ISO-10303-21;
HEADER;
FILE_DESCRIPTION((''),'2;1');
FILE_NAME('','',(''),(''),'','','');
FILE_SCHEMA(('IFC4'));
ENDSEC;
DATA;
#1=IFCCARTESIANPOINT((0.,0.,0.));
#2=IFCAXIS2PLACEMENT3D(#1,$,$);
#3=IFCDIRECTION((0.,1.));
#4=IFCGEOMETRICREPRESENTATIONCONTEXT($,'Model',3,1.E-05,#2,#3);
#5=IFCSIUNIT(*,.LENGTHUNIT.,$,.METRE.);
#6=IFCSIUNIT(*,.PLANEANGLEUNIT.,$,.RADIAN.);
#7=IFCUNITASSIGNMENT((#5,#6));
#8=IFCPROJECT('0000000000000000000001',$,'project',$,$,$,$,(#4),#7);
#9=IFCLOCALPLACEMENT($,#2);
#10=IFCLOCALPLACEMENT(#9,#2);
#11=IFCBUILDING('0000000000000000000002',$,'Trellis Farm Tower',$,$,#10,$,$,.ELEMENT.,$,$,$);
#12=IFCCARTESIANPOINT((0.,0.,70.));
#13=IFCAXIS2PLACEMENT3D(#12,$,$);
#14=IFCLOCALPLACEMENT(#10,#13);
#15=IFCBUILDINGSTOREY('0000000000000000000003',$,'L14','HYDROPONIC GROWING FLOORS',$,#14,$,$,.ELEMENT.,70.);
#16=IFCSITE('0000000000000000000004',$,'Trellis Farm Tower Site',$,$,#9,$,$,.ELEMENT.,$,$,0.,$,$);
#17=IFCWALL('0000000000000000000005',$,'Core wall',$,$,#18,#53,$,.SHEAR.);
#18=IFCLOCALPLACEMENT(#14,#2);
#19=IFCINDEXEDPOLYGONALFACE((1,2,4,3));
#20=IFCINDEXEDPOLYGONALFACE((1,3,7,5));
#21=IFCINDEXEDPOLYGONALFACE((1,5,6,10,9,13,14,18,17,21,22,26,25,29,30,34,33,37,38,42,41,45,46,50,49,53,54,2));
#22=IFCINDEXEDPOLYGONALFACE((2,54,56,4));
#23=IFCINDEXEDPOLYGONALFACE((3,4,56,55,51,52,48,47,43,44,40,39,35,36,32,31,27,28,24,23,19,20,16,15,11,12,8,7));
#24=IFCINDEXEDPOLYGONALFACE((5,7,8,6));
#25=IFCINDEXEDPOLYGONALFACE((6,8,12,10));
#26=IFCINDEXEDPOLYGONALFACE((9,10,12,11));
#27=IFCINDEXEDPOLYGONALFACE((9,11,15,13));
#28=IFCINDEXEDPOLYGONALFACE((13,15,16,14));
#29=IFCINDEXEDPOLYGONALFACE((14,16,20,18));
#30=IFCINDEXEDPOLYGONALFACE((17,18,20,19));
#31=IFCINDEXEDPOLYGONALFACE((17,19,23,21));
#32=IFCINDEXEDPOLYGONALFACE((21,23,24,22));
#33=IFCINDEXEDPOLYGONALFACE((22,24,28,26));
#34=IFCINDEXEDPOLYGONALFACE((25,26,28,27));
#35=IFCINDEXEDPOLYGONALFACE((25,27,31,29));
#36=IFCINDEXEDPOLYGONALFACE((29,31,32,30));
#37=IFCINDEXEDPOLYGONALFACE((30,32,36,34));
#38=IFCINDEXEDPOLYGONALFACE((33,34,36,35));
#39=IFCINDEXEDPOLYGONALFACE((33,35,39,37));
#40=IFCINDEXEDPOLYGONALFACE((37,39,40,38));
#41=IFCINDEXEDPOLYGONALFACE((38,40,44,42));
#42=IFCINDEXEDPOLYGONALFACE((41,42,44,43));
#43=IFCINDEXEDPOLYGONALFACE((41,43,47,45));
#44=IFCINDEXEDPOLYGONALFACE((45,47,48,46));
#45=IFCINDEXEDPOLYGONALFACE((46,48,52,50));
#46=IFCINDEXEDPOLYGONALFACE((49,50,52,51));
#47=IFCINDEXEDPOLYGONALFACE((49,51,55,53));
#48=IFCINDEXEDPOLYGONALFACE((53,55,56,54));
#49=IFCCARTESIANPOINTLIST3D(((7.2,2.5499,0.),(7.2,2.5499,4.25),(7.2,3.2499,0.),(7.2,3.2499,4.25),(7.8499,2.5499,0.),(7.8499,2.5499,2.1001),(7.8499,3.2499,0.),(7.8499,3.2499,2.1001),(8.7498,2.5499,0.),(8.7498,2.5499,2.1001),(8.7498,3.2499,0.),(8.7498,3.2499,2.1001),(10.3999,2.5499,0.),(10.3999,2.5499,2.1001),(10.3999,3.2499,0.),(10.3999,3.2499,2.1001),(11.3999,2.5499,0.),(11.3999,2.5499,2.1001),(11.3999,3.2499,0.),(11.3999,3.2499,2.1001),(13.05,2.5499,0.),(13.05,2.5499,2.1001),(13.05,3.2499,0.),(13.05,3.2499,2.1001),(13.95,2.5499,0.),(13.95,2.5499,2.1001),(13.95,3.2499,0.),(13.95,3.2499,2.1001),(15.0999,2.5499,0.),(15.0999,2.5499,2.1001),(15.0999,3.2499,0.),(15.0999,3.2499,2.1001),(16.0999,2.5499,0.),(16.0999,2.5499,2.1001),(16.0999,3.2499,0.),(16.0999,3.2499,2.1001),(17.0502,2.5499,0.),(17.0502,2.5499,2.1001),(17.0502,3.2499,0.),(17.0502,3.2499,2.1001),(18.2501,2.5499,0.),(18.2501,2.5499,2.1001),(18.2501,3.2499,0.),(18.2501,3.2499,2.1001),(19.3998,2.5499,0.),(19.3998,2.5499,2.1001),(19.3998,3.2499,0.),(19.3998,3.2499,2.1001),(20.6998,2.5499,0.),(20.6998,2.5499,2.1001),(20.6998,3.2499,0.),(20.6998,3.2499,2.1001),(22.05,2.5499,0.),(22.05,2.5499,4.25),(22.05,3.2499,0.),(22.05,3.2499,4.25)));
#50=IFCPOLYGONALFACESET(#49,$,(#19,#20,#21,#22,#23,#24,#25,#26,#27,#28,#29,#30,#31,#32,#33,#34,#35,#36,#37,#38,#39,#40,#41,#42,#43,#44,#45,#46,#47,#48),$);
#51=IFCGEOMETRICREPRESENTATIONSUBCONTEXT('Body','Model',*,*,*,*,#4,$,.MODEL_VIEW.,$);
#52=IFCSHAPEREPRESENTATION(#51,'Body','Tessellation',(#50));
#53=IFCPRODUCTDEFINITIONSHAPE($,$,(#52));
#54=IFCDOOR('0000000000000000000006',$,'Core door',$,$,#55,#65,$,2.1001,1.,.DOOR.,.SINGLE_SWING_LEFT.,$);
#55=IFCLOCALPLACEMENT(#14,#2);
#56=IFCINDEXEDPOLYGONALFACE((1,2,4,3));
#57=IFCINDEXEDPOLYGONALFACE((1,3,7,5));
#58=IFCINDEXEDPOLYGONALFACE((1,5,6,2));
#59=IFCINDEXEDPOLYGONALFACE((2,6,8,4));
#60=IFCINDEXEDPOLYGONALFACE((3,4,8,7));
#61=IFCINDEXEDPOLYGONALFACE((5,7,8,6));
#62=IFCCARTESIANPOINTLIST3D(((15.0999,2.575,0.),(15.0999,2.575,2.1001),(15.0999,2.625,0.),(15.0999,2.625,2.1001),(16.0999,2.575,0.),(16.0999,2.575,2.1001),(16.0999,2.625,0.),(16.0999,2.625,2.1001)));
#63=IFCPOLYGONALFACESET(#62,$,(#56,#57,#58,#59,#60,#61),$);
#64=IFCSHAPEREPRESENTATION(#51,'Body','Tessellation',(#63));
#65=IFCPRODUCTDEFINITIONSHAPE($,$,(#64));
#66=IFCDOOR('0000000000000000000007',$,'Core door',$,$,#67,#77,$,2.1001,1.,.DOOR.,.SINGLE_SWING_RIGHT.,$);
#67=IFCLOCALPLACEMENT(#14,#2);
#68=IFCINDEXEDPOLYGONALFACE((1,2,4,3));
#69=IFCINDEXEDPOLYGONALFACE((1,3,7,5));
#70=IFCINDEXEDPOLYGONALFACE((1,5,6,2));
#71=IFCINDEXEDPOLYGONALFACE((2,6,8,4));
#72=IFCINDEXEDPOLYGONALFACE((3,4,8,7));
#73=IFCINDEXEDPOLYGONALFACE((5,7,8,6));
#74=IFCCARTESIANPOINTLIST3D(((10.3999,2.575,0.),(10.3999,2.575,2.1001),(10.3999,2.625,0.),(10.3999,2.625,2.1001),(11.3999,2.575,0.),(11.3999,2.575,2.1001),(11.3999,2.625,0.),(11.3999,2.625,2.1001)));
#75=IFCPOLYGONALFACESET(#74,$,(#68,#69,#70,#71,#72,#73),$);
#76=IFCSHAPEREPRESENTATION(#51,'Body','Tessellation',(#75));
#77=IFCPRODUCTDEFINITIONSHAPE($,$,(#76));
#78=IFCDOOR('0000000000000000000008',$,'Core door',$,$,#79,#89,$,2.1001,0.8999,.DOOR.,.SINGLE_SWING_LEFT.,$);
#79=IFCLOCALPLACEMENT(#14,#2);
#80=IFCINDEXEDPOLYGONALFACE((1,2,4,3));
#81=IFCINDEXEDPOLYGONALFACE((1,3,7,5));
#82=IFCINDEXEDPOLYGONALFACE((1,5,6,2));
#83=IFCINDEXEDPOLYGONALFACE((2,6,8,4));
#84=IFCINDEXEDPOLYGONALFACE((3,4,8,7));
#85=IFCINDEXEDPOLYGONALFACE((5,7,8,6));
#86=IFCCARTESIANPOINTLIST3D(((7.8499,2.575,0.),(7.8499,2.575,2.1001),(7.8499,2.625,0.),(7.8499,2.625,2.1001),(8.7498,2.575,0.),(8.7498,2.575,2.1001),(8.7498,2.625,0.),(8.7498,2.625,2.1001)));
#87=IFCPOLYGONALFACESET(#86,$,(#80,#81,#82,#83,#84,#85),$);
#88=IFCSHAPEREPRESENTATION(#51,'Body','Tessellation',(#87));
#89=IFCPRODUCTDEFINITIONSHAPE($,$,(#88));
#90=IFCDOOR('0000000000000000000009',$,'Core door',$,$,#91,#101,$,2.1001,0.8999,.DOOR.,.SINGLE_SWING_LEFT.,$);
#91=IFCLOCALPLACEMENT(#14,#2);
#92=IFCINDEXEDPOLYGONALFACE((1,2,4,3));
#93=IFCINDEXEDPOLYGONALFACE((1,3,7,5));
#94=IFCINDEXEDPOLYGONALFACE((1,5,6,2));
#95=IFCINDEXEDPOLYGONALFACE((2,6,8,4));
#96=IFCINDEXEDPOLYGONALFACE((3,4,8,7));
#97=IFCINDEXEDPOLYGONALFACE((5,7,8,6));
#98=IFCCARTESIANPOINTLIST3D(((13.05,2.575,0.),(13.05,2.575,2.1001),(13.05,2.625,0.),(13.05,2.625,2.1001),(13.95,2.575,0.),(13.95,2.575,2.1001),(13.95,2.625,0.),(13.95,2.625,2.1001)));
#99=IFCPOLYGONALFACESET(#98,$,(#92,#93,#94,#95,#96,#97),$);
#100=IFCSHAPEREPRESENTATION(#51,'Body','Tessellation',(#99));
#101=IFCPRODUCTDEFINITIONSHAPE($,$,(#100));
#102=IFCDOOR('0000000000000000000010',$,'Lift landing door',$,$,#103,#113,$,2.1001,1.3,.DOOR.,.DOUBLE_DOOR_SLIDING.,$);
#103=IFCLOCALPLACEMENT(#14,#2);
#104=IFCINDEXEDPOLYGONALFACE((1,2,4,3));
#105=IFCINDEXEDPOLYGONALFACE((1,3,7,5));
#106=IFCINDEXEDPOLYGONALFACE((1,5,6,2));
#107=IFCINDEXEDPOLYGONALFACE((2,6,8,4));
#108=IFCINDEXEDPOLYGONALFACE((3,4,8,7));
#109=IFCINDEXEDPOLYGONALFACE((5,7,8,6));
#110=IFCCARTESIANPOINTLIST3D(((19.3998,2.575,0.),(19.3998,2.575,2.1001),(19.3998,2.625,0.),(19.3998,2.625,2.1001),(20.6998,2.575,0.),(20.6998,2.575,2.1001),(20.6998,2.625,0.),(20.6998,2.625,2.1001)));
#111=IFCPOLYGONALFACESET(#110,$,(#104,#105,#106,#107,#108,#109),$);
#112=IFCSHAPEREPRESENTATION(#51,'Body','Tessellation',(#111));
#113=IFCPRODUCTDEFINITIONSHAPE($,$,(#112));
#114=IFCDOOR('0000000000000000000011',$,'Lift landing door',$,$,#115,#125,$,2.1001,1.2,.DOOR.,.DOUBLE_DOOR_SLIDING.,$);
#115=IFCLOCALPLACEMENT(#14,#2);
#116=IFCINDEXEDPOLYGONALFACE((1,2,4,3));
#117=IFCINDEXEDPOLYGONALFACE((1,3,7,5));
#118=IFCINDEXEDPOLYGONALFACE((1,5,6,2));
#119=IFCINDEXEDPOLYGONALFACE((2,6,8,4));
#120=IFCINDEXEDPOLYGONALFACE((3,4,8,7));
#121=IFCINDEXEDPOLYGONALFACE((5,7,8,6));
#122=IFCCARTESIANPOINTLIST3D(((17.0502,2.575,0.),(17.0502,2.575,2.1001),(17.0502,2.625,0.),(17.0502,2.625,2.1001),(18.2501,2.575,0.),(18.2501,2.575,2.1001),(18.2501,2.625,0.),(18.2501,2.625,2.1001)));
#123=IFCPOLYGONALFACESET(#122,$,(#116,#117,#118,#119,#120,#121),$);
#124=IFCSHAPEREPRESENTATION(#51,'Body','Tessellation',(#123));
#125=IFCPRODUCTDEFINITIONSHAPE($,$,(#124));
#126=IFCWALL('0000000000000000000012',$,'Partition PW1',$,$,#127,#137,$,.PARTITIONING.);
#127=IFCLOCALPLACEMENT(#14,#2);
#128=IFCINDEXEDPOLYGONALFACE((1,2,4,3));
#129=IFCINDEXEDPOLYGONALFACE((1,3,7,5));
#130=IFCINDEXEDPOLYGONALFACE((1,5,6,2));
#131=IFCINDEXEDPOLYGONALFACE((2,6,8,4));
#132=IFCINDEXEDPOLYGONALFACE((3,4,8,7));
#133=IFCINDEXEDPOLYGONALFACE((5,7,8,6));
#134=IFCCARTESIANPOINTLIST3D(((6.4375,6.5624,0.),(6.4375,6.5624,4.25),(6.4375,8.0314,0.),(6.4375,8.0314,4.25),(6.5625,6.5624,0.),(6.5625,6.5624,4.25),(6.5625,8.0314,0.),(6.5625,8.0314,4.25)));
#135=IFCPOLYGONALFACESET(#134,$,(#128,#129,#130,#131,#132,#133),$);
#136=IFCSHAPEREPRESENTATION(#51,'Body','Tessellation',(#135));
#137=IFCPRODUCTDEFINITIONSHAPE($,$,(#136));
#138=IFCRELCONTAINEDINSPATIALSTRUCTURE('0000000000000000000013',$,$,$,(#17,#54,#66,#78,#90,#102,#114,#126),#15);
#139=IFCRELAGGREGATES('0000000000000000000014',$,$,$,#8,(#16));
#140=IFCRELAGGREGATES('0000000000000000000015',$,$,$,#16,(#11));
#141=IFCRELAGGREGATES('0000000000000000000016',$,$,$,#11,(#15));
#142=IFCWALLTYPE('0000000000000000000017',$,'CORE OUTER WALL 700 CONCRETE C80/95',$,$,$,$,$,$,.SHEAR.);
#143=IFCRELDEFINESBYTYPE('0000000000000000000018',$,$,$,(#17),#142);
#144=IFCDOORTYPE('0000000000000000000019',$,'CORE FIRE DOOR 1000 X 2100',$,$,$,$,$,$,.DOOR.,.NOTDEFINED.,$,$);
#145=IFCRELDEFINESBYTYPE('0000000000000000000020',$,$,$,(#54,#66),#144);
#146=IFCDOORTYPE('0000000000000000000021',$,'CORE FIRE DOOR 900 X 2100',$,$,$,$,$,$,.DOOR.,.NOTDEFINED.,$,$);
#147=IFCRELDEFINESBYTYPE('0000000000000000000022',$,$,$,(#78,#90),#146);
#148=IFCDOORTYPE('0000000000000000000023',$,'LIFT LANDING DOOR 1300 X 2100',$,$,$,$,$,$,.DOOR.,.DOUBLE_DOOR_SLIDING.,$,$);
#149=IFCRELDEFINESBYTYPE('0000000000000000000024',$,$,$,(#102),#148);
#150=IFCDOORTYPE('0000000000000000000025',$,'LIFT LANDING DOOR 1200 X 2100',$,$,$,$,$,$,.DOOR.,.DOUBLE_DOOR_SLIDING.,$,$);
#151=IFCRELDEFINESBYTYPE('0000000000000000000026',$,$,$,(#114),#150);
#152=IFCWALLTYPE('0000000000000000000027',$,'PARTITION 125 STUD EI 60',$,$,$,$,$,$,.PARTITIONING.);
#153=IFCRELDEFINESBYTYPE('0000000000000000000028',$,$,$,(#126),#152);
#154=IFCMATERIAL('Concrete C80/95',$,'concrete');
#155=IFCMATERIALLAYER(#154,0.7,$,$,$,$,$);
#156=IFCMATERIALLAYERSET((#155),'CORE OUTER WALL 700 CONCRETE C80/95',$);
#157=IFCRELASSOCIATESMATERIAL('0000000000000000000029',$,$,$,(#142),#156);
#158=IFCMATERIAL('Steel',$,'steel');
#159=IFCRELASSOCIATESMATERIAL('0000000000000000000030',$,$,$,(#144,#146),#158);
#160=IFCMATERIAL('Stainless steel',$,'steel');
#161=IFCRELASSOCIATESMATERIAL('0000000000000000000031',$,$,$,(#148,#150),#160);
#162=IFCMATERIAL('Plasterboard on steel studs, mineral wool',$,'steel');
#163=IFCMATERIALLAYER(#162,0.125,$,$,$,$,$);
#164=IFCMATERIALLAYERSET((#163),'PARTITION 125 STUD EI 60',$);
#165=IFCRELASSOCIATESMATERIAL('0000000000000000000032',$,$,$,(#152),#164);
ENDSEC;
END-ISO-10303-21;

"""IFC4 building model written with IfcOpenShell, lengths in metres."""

from ifc_helpers import new_model, si_unit, direction, frame, frame_2d, origin, place, context, subcontext, project, spatial, rectangle, extrude, source, transform, mapped, material, layer, layer_set, type_object, element, fill, save


model = new_model("IFC4")

# Units and contexts
model_context = context("Model", 3, precision=1e-05, world=origin(), true_north=direction((0.0, 1.0)))
body_context = subcontext(model_context, "Body", "Model", "MODEL_VIEW")
ifc_project = project(units=[si_unit("LENGTHUNIT", "METRE"), si_unit("PLANEANGLEUNIT", "RADIAN")], contexts=[model_context])

# Site, building, storey
site_placement = place(None, origin())
site = spatial("IfcSite", under=ifc_project, at=site_placement, Name="Trellis Farm Tower Site", CompositionType="ELEMENT", RefElevation=0.0)
building_placement = place(site_placement, origin())
building = spatial("IfcBuilding", under=site, at=building_placement, Name="Trellis Farm Tower", CompositionType="ELEMENT")
storey_placement = place(building_placement, frame((0.0, 0.0, 70.0)))
storey = spatial("IfcBuildingStorey", under=building, at=storey_placement, Name="L14", Description="HYDROPONIC GROWING FLOORS", CompositionType="ELEMENT", Elevation=70.0)

# Shared definitions
ifc_material_1 = material(Name="Concrete C80/95", Category="concrete")

# Wall, openings, doors
ifc_layer_1 = layer(ifc_material_1, 0.7)
ifc_layer_set_1 = layer_set([ifc_layer_1], Name="CORE OUTER WALL 700 CONCRETE C80/95")
wall_type_1 = type_object("IfcWallType", Name="CORE OUTER WALL 700 CONCRETE C80/95", PredefinedType="SHEAR", material=ifc_layer_set_1)
shared_shape_1 = source(origin(), body_context, "Body", "SweptSolid", [
    extrude(rectangle(XDim=14.8501, YDim=0.7, at=frame_2d((7.425, 0.0))), origin(), (0.0, 0.0, 1.0), 4.25),
])
wall_1_placement = place(storey_placement, frame((7.2, 2.8999, 0.0), z_axis=(0.0, 0.0, 1.0), x_axis=(1.0, 0.0, 0.0)))
wall_1 = element("IfcWall", 1, at=wall_1_placement, inside=storey, type_object=wall_type_1, Name="Core wall", PredefinedType="SHEAR", context=body_context, shape_type="MappedRepresentation", body=[
    mapped(shared_shape_1, transform((0.0, 0.0, 0.0))),
])
shared_shape_2 = source(origin(), body_context, "Body", "SweptSolid", [
    extrude(rectangle(XDim=1.3, YDim=2.1001, at=frame_2d((0.6499, 1.05))), frame((0.0, 0.3601, 0.0), z_axis=(0.0, -1.0, 0.0), x_axis=(1.0, 0.0, 0.0)), (0.0, 0.0, 1.0), 0.7202),
])
opening_1_placement = place(wall_1_placement, frame((12.2, 0.0, 0.0)))
opening_1 = element("IfcOpeningElement", 2, at=opening_1_placement, cuts=wall_1, PredefinedType="OPENING", context=body_context, shape_type="MappedRepresentation", body=[
    mapped(shared_shape_2, transform((0.0, 0.0, 0.0))),
])
shared_shape_3 = source(origin(), body_context, "Body", "SweptSolid", [
    extrude(rectangle(XDim=1.2, YDim=2.1001, at=frame_2d((0.6001, 1.05))), frame((0.0, 0.3601, 0.0), z_axis=(0.0, -1.0, 0.0), x_axis=(1.0, 0.0, 0.0)), (0.0, 0.0, 1.0), 0.7202),
])
opening_2_placement = place(wall_1_placement, frame((9.8501, 0.0, 0.0)))
opening_2 = element("IfcOpeningElement", 3, at=opening_2_placement, cuts=wall_1, PredefinedType="OPENING", context=body_context, shape_type="MappedRepresentation", body=[
    mapped(shared_shape_3, transform((0.0, 0.0, 0.0))),
])
shared_shape_4 = source(origin(), body_context, "Body", "SweptSolid", [
    extrude(rectangle(XDim=1.0, YDim=2.1001, at=frame_2d((0.5, 1.05))), frame((0.0, 0.3601, 0.0), z_axis=(0.0, -1.0, 0.0), x_axis=(1.0, 0.0, 0.0)), (0.0, 0.0, 1.0), 0.7202),
])
opening_3_placement = place(wall_1_placement, frame((7.8999, 0.0, 0.0)))
opening_3 = element("IfcOpeningElement", 4, at=opening_3_placement, cuts=wall_1, PredefinedType="OPENING", context=body_context, shape_type="MappedRepresentation", body=[
    mapped(shared_shape_4, transform((0.0, 0.0, 0.0))),
])
shared_shape_5 = source(origin(), body_context, "Body", "SweptSolid", [
    extrude(rectangle(XDim=0.8999, YDim=2.1001, at=frame_2d((0.45, 1.05))), frame((0.0, 0.3601, 0.0), z_axis=(0.0, -1.0, 0.0), x_axis=(1.0, 0.0, 0.0)), (0.0, 0.0, 1.0), 0.7202),
])
opening_4_placement = place(wall_1_placement, frame((0.6499, 0.0, 0.0)))
opening_4 = element("IfcOpeningElement", 5, at=opening_4_placement, cuts=wall_1, PredefinedType="OPENING", context=body_context, shape_type="MappedRepresentation", body=[
    mapped(shared_shape_5, transform((0.0, 0.0, 0.0))),
])
opening_5_placement = place(wall_1_placement, frame((3.2, 0.0, 0.0)))
opening_5 = element("IfcOpeningElement", 6, at=opening_5_placement, cuts=wall_1, PredefinedType="OPENING", context=body_context, shape_type="MappedRepresentation", body=[
    mapped(shared_shape_4, transform((0.0, 0.0, 0.0))),
])
opening_6_placement = place(wall_1_placement, frame((5.8501, 0.0, 0.0)))
opening_6 = element("IfcOpeningElement", 7, at=opening_6_placement, cuts=wall_1, PredefinedType="OPENING", context=body_context, shape_type="MappedRepresentation", body=[
    mapped(shared_shape_5, transform((0.0, 0.0, 0.0))),
])
ifc_material_2 = material(Name="Steel", Category="steel")
door_type_1 = type_object("IfcDoorType", Name="CORE FIRE DOOR 1000 X 2100", OperationType="NOTDEFINED", PredefinedType="DOOR", material=ifc_material_2)
shared_shape_6 = source(origin(), body_context, "Body", "SweptSolid", [
    extrude(rectangle(XDim=1.0, YDim=2.1001, at=frame_2d((0.5, 1.05))), frame((0.0, -0.2749, 0.0), z_axis=(0.0, -1.0, 0.0), x_axis=(1.0, 0.0, 0.0)), (0.0, 0.0, 1.0), 0.05),
])
door_1_placement = place(opening_3_placement, origin())
door_1 = element("IfcDoor", 8, at=door_1_placement, inside=storey, type_object=door_type_1, Name="Core door", OperationType="SINGLE_SWING_LEFT", OverallHeight=2.1001, OverallWidth=1.0, PredefinedType="DOOR", context=body_context, shape_type="MappedRepresentation", body=[
    mapped(shared_shape_6, transform((0.0, 0.0, 0.0))),
])
fill(opening_3, door_1)
door_2_placement = place(opening_5_placement, origin())
door_2 = element("IfcDoor", 9, at=door_2_placement, inside=storey, type_object=door_type_1, Name="Core door", OperationType="SINGLE_SWING_RIGHT", OverallHeight=2.1001, OverallWidth=1.0, PredefinedType="DOOR", context=body_context, shape_type="MappedRepresentation", body=[
    mapped(shared_shape_6, transform((0.0, 0.0, 0.0))),
])
fill(opening_5, door_2)
door_type_2 = type_object("IfcDoorType", Name="CORE FIRE DOOR 900 X 2100", OperationType="NOTDEFINED", PredefinedType="DOOR", material=ifc_material_2)
shared_shape_7 = source(origin(), body_context, "Body", "SweptSolid", [
    extrude(rectangle(XDim=0.8999, YDim=2.1001, at=frame_2d((0.45, 1.05))), frame((0.0, -0.2749, 0.0), z_axis=(0.0, -1.0, 0.0), x_axis=(1.0, 0.0, 0.0)), (0.0, 0.0, 1.0), 0.05),
])
door_3_placement = place(opening_4_placement, origin())
door_3 = element("IfcDoor", 10, at=door_3_placement, inside=storey, type_object=door_type_2, Name="Core door", OperationType="SINGLE_SWING_LEFT", OverallHeight=2.1001, OverallWidth=0.8999, PredefinedType="DOOR", context=body_context, shape_type="MappedRepresentation", body=[
    mapped(shared_shape_7, transform((0.0, 0.0, 0.0))),
])
fill(opening_4, door_3)
door_4_placement = place(opening_6_placement, origin())
door_4 = element("IfcDoor", 11, at=door_4_placement, inside=storey, type_object=door_type_2, Name="Core door", OperationType="SINGLE_SWING_LEFT", OverallHeight=2.1001, OverallWidth=0.8999, PredefinedType="DOOR", context=body_context, shape_type="MappedRepresentation", body=[
    mapped(shared_shape_7, transform((0.0, 0.0, 0.0))),
])
fill(opening_6, door_4)
ifc_material_3 = material(Name="Stainless steel", Category="steel")
door_type_3 = type_object("IfcDoorType", Name="LIFT LANDING DOOR 1300 X 2100", OperationType="DOUBLE_DOOR_SLIDING", PredefinedType="DOOR", material=ifc_material_3)
shared_shape_8 = source(origin(), body_context, "Body", "SweptSolid", [
    extrude(rectangle(XDim=1.3, YDim=2.1001, at=frame_2d((0.6499, 1.05))), frame((0.0, -0.2749, 0.0), z_axis=(0.0, -1.0, 0.0), x_axis=(1.0, 0.0, 0.0)), (0.0, 0.0, 1.0), 0.05),
])
door_5_placement = place(opening_1_placement, origin())
door_5 = element("IfcDoor", 12, at=door_5_placement, inside=storey, type_object=door_type_3, Name="Lift landing door", OperationType="DOUBLE_DOOR_SLIDING", OverallHeight=2.1001, OverallWidth=1.3, PredefinedType="DOOR", context=body_context, shape_type="MappedRepresentation", body=[
    mapped(shared_shape_8, transform((0.0, 0.0, 0.0))),
])
fill(opening_1, door_5)
door_type_4 = type_object("IfcDoorType", Name="LIFT LANDING DOOR 1200 X 2100", OperationType="DOUBLE_DOOR_SLIDING", PredefinedType="DOOR", material=ifc_material_3)
shared_shape_9 = source(origin(), body_context, "Body", "SweptSolid", [
    extrude(rectangle(XDim=1.2, YDim=2.1001, at=frame_2d((0.6001, 1.05))), frame((0.0, -0.2749, 0.0), z_axis=(0.0, -1.0, 0.0), x_axis=(1.0, 0.0, 0.0)), (0.0, 0.0, 1.0), 0.05),
])
door_6_placement = place(opening_2_placement, origin())
door_6 = element("IfcDoor", 13, at=door_6_placement, inside=storey, type_object=door_type_4, Name="Lift landing door", OperationType="DOUBLE_DOOR_SLIDING", OverallHeight=2.1001, OverallWidth=1.2, PredefinedType="DOOR", context=body_context, shape_type="MappedRepresentation", body=[
    mapped(shared_shape_9, transform((0.0, 0.0, 0.0))),
])
fill(opening_2, door_6)

# Wall
ifc_material_4 = material(Name="Plasterboard on steel studs, mineral wool", Category="steel")
ifc_layer_2 = layer(ifc_material_4, 0.125)
ifc_layer_set_2 = layer_set([ifc_layer_2], Name="PARTITION 125 STUD EI 60")
wall_type_2 = type_object("IfcWallType", Name="PARTITION 125 STUD EI 60", PredefinedType="PARTITIONING", material=ifc_layer_set_2)
shared_shape_10 = source(origin(), body_context, "Body", "SweptSolid", [
    extrude(rectangle(XDim=1.469, YDim=0.125, at=frame_2d((0.7344, 0.0))), origin(), (0.0, 0.0, 1.0), 4.25),
])
wall_2_placement = place(storey_placement, frame((6.5, 6.5625, 0.0), z_axis=(0.0, 0.0, 1.0), x_axis=(0.0, 1.0, 0.0)))
element("IfcWall", 14, at=wall_2_placement, inside=storey, type_object=wall_type_2, Name="Partition PW1", PredefinedType="PARTITIONING", context=body_context, shape_type="MappedRepresentation", body=[
    mapped(shared_shape_10, transform((0.0, 0.0, 0.0))),
])

save(model, "model.ifc")
